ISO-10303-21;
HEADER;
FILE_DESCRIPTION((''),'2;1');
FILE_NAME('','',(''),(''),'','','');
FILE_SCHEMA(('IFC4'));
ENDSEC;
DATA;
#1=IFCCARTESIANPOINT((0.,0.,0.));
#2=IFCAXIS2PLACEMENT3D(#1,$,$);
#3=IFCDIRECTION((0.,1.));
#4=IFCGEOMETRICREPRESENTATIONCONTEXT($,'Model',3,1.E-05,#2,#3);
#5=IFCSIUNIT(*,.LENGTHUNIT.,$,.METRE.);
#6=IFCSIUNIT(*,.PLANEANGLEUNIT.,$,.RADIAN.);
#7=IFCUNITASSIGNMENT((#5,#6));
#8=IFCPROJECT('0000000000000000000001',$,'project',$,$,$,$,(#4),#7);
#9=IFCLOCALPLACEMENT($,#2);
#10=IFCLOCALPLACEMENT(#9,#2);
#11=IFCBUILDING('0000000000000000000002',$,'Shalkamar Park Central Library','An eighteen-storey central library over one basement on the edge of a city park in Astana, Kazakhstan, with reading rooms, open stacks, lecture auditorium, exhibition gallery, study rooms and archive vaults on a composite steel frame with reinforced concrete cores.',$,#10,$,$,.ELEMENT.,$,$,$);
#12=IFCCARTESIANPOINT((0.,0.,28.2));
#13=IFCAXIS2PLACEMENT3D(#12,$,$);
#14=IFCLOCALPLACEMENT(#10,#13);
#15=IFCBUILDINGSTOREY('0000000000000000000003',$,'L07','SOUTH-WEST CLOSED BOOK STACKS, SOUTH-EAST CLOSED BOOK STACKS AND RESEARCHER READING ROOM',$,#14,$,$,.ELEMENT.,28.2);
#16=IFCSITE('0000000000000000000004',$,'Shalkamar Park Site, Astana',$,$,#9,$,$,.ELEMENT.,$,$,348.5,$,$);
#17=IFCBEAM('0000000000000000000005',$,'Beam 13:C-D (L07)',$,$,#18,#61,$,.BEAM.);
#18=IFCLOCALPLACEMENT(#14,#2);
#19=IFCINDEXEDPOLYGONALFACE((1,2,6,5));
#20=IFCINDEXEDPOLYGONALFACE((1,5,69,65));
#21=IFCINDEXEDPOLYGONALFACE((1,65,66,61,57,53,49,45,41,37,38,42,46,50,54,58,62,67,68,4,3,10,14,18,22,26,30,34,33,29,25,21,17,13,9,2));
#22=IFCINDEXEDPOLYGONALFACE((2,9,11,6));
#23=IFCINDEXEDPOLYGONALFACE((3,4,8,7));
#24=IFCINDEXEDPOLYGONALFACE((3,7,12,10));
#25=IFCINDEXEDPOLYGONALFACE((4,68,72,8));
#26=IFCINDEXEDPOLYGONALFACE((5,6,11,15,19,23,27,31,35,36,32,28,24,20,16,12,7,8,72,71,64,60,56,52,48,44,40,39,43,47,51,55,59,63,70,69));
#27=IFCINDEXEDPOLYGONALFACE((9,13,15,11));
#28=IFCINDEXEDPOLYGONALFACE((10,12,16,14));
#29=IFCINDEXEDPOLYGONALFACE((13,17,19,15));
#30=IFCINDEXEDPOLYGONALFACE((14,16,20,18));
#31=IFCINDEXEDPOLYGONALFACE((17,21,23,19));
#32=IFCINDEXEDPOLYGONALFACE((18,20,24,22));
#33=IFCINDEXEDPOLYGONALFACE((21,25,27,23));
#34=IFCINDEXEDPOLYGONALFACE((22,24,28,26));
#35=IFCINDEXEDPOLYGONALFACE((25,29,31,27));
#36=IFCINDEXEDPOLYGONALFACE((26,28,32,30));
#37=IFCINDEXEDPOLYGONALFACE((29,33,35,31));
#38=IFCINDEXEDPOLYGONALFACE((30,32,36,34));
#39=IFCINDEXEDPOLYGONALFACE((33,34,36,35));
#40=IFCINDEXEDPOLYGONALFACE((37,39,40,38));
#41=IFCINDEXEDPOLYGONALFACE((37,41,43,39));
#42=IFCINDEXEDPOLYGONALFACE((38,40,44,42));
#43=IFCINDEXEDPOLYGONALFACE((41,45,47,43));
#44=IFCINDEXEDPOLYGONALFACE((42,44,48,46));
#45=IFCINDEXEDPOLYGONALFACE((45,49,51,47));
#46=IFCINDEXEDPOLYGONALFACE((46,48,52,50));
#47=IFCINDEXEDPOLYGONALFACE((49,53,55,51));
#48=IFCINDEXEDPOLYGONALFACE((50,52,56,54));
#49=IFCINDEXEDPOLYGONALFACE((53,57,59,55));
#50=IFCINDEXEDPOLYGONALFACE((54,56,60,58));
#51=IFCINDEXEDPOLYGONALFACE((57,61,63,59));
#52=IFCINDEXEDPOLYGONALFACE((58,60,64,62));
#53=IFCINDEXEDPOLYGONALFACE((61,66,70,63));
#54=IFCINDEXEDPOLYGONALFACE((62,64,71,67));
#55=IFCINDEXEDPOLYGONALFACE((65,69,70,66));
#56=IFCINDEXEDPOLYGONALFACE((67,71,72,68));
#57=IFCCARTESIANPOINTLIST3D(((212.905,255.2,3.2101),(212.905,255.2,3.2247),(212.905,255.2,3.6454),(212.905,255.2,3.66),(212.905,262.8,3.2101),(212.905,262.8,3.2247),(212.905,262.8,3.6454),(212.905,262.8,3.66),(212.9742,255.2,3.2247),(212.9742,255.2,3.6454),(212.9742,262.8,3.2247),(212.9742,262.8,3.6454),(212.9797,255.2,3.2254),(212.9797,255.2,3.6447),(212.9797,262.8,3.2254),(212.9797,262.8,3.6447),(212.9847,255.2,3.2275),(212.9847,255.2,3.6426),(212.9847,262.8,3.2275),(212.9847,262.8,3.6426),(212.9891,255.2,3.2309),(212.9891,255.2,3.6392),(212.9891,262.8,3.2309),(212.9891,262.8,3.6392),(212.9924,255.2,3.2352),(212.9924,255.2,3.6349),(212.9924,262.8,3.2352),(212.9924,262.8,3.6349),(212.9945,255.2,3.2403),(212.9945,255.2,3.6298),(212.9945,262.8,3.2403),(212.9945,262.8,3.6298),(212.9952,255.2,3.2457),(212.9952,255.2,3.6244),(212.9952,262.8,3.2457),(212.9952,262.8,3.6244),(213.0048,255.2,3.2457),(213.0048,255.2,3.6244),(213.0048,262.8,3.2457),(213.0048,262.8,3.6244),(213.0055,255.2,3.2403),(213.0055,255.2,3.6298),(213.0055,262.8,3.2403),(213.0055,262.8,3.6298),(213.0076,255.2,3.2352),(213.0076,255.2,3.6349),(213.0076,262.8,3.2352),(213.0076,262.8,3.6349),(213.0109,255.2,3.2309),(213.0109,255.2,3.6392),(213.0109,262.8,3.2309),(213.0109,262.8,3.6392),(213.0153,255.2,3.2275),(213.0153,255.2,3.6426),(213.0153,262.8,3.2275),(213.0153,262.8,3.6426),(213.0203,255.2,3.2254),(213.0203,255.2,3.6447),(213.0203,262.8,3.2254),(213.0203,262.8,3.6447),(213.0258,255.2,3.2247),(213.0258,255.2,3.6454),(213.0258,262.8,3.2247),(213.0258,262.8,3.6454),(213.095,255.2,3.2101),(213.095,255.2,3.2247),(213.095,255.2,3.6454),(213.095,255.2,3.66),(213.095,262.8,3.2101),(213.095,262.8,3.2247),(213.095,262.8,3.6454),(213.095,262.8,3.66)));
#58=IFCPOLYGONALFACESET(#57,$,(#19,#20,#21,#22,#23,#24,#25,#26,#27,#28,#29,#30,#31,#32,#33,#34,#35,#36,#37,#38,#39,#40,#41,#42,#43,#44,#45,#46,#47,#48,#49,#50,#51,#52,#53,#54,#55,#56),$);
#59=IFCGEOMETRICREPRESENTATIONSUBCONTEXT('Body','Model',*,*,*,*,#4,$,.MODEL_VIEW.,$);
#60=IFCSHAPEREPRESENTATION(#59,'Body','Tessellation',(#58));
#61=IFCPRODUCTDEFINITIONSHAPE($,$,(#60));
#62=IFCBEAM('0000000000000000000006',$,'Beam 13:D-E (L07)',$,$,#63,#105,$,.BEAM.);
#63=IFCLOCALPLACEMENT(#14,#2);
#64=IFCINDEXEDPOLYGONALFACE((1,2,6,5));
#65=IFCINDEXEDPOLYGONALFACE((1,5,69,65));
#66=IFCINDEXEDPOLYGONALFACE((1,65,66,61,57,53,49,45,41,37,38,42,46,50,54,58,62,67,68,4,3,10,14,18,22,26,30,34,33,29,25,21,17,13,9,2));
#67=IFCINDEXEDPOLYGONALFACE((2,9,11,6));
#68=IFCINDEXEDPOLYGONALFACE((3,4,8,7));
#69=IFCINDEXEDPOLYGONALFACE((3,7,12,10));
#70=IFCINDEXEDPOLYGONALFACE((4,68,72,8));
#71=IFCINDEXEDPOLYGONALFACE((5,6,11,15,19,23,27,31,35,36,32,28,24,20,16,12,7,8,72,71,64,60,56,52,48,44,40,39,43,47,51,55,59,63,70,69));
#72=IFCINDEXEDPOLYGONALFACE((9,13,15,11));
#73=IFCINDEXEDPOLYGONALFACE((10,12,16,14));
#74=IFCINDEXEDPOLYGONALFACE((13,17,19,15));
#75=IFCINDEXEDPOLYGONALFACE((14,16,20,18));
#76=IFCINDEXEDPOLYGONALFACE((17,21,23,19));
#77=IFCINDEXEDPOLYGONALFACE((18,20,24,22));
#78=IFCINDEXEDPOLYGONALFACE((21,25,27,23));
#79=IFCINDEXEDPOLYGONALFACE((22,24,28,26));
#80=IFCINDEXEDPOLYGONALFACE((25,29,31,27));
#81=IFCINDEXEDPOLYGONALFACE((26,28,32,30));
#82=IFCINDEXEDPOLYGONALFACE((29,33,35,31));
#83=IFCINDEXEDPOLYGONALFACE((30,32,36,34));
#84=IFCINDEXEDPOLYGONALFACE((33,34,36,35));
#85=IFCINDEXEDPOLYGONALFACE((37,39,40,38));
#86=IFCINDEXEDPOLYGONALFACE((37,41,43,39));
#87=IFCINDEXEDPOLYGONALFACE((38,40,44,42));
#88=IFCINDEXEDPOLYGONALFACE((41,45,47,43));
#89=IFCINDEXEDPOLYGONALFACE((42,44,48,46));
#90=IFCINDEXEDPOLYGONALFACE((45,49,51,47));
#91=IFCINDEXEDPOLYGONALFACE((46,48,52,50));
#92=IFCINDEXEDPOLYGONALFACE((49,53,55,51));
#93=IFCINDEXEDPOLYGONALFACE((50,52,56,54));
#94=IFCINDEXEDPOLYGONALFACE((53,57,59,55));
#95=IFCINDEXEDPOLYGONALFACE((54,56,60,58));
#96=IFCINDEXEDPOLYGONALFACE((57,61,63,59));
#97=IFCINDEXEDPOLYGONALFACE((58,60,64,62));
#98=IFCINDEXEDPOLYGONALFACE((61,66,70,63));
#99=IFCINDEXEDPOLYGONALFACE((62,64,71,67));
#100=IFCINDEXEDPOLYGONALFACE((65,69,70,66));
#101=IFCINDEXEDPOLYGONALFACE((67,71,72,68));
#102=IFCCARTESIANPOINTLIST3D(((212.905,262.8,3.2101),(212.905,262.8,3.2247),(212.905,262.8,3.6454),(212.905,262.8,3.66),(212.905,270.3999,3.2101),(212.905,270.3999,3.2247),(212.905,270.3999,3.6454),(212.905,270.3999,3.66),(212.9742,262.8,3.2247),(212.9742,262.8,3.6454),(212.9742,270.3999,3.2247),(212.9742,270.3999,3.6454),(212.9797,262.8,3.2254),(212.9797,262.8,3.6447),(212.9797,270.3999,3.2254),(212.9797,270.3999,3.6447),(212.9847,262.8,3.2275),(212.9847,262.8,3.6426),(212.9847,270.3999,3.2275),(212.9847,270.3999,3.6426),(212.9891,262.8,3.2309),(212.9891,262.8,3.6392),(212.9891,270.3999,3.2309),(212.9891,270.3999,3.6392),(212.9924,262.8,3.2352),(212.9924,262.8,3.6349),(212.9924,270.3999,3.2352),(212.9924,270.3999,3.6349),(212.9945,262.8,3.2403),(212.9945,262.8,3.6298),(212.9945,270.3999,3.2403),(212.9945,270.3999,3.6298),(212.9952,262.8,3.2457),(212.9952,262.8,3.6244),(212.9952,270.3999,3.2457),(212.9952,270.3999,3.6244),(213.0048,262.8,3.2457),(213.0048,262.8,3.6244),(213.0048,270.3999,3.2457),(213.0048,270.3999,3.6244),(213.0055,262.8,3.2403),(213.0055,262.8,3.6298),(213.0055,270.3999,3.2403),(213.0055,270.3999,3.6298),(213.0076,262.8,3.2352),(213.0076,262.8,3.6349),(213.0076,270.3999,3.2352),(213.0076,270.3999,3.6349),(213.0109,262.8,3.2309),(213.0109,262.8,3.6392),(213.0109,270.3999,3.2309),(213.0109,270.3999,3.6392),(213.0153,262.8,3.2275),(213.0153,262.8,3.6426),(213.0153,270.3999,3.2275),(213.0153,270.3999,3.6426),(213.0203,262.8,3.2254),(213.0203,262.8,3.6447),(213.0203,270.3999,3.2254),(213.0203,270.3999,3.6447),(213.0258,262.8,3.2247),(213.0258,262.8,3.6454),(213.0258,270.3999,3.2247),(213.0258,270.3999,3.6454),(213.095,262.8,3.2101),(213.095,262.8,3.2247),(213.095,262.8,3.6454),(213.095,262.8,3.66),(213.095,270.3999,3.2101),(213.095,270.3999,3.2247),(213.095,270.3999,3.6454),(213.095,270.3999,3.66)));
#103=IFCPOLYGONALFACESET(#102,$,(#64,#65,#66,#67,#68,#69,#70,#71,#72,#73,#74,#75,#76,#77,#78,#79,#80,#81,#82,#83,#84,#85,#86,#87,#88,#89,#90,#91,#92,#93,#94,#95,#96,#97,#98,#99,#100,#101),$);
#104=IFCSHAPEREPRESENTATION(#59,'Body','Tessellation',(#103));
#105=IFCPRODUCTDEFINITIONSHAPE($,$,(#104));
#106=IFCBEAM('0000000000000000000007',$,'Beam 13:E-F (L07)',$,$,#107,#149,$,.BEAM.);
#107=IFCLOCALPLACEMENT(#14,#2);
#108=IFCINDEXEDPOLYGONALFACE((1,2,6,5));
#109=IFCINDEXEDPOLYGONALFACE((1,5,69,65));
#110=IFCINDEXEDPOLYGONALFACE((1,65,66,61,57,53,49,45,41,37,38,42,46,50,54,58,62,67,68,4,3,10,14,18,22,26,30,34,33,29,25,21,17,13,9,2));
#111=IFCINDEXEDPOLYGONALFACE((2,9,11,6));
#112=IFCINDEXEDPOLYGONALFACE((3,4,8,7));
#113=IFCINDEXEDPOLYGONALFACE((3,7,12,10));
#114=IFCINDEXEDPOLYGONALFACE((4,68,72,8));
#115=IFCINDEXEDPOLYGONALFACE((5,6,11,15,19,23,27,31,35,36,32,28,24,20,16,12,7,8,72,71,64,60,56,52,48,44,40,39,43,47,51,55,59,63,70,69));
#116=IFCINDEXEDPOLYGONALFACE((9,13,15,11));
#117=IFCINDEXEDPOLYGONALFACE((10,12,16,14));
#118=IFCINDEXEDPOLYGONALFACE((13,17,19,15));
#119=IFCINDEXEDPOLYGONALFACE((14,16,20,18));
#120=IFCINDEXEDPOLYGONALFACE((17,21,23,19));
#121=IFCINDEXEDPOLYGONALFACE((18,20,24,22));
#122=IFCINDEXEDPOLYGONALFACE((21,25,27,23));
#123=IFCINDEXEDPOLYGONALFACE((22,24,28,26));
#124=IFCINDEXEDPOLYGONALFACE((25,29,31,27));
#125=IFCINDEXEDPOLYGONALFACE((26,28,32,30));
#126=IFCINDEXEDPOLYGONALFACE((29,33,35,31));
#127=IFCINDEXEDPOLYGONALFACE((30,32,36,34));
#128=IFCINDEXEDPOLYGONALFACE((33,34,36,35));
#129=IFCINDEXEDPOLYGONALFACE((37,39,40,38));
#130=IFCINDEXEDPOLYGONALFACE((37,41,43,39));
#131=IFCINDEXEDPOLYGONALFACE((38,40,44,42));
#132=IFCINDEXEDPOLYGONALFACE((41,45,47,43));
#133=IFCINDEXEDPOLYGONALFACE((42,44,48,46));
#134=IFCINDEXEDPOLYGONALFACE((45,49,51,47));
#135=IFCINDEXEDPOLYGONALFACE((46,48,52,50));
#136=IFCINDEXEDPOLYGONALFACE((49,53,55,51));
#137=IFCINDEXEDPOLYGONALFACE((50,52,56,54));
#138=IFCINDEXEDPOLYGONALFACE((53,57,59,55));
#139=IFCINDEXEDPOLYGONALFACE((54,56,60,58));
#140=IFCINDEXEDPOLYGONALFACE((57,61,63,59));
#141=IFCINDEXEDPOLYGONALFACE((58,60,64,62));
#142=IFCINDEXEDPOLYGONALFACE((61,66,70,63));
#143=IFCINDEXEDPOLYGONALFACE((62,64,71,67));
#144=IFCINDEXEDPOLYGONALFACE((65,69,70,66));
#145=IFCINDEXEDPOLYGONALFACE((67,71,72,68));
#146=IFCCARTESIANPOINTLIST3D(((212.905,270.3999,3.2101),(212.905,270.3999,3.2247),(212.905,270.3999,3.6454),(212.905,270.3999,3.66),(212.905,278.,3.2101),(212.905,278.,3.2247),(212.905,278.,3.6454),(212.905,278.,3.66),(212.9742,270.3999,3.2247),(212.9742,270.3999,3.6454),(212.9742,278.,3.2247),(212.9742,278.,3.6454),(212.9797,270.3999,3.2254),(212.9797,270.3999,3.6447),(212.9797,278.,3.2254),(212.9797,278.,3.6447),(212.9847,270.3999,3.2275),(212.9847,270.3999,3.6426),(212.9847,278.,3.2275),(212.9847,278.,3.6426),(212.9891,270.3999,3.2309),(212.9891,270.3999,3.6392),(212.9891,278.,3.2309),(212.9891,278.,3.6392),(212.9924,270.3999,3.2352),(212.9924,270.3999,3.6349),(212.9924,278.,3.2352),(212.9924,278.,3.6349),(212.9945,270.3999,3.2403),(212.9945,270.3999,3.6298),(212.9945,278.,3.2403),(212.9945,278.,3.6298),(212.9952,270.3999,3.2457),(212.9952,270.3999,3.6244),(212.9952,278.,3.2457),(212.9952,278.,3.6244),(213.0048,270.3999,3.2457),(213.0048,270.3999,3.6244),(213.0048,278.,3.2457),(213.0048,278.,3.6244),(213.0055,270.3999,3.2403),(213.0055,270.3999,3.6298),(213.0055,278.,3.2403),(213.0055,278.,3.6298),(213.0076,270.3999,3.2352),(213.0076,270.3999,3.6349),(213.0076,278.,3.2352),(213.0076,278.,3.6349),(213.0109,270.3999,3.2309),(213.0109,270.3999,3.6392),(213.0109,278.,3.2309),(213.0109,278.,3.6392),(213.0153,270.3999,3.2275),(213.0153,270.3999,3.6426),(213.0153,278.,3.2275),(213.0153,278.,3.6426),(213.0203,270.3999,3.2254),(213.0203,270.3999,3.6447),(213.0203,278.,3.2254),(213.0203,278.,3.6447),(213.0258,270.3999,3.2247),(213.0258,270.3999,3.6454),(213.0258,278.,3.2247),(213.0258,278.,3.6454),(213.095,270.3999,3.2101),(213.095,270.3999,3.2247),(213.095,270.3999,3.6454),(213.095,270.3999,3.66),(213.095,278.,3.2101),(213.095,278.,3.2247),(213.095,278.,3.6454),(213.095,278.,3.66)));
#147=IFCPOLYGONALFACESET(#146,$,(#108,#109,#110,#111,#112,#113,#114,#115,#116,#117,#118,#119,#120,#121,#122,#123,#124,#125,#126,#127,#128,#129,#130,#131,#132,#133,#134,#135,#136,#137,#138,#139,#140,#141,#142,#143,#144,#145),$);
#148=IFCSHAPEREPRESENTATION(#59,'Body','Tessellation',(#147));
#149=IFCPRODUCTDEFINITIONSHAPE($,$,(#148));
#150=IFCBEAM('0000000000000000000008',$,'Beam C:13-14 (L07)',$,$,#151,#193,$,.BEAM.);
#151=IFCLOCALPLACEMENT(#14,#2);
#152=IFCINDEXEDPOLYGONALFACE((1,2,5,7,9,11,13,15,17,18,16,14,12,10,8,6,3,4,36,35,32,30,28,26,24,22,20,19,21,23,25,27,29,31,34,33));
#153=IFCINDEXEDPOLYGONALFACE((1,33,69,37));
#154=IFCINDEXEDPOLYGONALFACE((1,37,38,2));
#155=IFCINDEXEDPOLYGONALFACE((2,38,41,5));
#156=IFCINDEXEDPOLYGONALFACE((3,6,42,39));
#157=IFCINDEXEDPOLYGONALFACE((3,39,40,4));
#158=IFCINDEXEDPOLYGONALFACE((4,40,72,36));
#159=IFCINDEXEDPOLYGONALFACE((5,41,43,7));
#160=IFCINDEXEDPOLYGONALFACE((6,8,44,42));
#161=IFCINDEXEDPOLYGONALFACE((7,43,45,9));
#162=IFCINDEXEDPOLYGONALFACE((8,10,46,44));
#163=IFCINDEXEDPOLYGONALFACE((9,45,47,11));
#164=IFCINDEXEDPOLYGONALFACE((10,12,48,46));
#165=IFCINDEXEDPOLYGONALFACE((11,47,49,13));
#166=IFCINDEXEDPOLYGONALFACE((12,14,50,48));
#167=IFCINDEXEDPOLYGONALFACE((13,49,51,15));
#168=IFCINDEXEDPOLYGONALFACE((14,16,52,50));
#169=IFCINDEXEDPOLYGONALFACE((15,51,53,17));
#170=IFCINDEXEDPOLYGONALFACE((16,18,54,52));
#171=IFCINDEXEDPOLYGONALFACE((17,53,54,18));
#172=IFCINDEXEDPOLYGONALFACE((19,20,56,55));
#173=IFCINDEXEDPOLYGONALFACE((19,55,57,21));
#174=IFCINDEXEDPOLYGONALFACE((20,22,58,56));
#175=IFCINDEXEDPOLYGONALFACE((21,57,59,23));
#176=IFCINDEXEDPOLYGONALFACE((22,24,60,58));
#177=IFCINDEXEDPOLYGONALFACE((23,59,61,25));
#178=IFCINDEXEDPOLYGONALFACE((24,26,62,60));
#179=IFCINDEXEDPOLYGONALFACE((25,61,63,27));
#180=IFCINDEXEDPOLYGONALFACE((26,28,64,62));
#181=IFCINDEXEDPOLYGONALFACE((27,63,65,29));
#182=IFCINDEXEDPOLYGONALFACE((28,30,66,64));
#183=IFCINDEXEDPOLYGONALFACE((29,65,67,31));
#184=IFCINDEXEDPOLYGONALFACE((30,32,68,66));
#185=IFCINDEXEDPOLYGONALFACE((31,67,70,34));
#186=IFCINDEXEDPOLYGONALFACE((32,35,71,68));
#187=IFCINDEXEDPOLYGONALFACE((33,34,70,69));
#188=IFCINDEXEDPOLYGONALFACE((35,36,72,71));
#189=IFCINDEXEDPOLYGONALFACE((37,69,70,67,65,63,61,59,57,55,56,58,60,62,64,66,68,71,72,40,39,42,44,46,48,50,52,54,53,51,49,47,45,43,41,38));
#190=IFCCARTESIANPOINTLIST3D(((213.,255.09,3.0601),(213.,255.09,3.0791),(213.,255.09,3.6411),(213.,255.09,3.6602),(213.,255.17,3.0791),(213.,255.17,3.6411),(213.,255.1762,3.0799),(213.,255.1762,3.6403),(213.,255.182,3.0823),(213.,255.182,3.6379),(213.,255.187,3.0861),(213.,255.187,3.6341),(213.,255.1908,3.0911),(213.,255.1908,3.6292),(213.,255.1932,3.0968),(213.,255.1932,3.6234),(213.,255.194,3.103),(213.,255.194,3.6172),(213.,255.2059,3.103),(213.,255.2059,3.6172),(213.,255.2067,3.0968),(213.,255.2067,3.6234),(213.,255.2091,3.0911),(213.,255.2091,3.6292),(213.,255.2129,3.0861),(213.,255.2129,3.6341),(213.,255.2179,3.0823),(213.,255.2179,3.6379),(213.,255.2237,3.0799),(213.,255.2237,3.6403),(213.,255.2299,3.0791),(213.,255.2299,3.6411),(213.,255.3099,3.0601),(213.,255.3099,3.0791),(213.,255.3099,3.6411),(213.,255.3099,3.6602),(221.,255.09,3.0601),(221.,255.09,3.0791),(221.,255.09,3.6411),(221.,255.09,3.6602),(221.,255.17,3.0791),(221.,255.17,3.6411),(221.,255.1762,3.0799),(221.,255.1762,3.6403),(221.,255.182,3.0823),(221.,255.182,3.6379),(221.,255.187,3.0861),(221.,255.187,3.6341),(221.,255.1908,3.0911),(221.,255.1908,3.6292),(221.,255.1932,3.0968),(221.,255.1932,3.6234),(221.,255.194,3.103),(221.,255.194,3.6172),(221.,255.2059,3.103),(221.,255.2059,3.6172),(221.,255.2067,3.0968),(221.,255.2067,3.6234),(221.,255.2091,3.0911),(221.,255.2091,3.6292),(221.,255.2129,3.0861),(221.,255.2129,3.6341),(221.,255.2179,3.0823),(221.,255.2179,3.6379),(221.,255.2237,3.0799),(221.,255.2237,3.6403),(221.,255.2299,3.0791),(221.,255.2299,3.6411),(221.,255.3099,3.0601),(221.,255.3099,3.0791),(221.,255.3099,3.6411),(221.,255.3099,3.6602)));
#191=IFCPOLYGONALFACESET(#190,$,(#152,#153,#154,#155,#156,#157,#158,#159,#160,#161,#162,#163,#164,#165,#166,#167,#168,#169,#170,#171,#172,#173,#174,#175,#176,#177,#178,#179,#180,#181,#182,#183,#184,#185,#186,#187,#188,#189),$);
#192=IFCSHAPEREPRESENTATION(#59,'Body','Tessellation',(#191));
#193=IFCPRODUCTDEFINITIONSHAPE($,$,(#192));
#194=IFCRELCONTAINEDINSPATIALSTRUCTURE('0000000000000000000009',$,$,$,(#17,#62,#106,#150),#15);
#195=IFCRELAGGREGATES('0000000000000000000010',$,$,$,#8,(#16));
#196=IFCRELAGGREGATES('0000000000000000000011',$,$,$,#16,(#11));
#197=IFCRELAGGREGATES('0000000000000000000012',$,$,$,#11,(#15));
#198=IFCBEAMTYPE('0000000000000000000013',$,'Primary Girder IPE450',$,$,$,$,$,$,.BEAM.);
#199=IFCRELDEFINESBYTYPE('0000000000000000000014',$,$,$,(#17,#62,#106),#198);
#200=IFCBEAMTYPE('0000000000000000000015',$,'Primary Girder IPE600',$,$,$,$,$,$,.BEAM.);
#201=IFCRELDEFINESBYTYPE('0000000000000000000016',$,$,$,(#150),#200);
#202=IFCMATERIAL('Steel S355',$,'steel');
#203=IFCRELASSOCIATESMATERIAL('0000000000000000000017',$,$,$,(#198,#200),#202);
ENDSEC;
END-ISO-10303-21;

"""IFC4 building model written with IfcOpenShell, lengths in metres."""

from ifc_helpers import new_model, si_unit, direction, frame, origin, origin_2d, place, context, subcontext, project, spatial, i_section, extrude, material, material_profile, profile_set, type_object, element, save


model = new_model("IFC4")

# Units and contexts
model_context = context("Model", 3, precision=1e-05, world=origin(), true_north=direction((0.0, 1.0)))
body_context = subcontext(model_context, "Body", "Model", "MODEL_VIEW")
ifc_project = project(units=[si_unit("LENGTHUNIT", "METRE"), si_unit("PLANEANGLEUNIT", "RADIAN")], contexts=[model_context])

# Site, building, storey
site_placement = place(None, origin())
site = spatial("IfcSite", under=ifc_project, at=site_placement, Name="Shalkamar Park Site, Astana", CompositionType="ELEMENT", RefElevation=348.5)
building_placement = place(site_placement, origin())
building = spatial("IfcBuilding", under=site, at=building_placement, Name="Shalkamar Park Central Library", Description="An eighteen-storey central library over one basement on the edge of a city park in Astana, Kazakhstan, with reading rooms, open stacks, lecture auditorium, exhibition gallery, study rooms and archive vaults on a composite steel frame with reinforced concrete cores.", CompositionType="ELEMENT")
storey_placement = place(building_placement, frame((0.0, 0.0, 28.2)))
storey = spatial("IfcBuildingStorey", under=building, at=storey_placement, Name="L07", Description="SOUTH-WEST CLOSED BOOK STACKS, SOUTH-EAST CLOSED BOOK STACKS AND RESEARCHER READING ROOM", CompositionType="ELEMENT", Elevation=28.2)

# Shared definitions
ifc_material_1 = material(Name="Steel S355", Category="steel")

# Beams
ifc_material_profile_1 = material_profile(ifc_material_1, i_section(OverallWidth=0.1899, OverallDepth=0.45, WebThickness=0.0095, FlangeThickness=0.0146, FilletRadius=0.021, at=origin_2d()), Name="IPE 450")
ifc_profile_set_1 = profile_set([ifc_material_profile_1], Name="Steel S355")
beam_type_1 = type_object("IfcBeamType", Name="Primary Girder IPE450", PredefinedType="BEAM", material=ifc_profile_set_1)
for number, where, z_axis, x_axis, name in (
    (1, (213.0, 255.2, 3.4351), (0.0, 1.0, 0.0), (-1.0, 0.0, 0.0), "Beam 13:C-D (L07)"),
):
    element("IfcBeam", number, at=place(storey_placement, frame(where, z_axis=z_axis, x_axis=x_axis)), inside=storey, type_object=beam_type_1, Name=name, PredefinedType="BEAM", context=body_context, shape_type="SweptSolid", body=[
        extrude(i_section(OverallWidth=0.1899, OverallDepth=0.45, WebThickness=0.0095, FlangeThickness=0.0146, FilletRadius=0.021, at=origin_2d()), origin(), (0.0, 0.0, 1.0), 7.6001),
    ])
beam_1_placement = place(storey_placement, frame((213.0, 262.8, 3.4351), z_axis=(0.0, 1.0, 0.0), x_axis=(-1.0, 0.0, 0.0)))
element("IfcBeam", 2, at=beam_1_placement, inside=storey, type_object=beam_type_1, Name="Beam 13:D-E (L07)", PredefinedType="BEAM", context=body_context, shape_type="SweptSolid", body=[
    extrude(i_section(OverallWidth=0.1899, OverallDepth=0.45, WebThickness=0.0095, FlangeThickness=0.0146, FilletRadius=0.021, at=origin_2d()), origin(), (0.0, 0.0, 1.0), 7.5999),
])
beam_2_placement = place(storey_placement, frame((213.0, 270.3999, 3.4351), z_axis=(0.0, 1.0, 0.0), x_axis=(-1.0, 0.0, 0.0)))
element("IfcBeam", 3, at=beam_2_placement, inside=storey, type_object=beam_type_1, Name="Beam 13:E-F (L07)", PredefinedType="BEAM", context=body_context, shape_type="SweptSolid", body=[
    extrude(i_section(OverallWidth=0.1899, OverallDepth=0.45, WebThickness=0.0095, FlangeThickness=0.0146, FilletRadius=0.021, at=origin_2d()), origin(), (0.0, 0.0, 1.0), 7.6001),
])
ifc_material_profile_2 = material_profile(ifc_material_1, i_section(OverallWidth=0.22, OverallDepth=0.6001, WebThickness=0.012, FlangeThickness=0.019, FilletRadius=0.0239, at=origin_2d()), Name="IPE 600")
ifc_profile_set_2 = profile_set([ifc_material_profile_2], Name="Steel S355")
beam_type_2 = type_object("IfcBeamType", Name="Primary Girder IPE600", PredefinedType="BEAM", material=ifc_profile_set_2)
for number, where, z_axis, x_axis, name in (
    (4, (213.0, 255.2, 3.3601), (1.0, 0.0, 0.0), (0.0, 1.0, 0.0), "Beam C:13-14 (L07)"),
):
    element("IfcBeam", number, at=place(storey_placement, frame(where, z_axis=z_axis, x_axis=x_axis)), inside=storey, type_object=beam_type_2, Name=name, PredefinedType="BEAM", context=body_context, shape_type="SweptSolid", body=[
        extrude(i_section(OverallWidth=0.22, OverallDepth=0.6001, WebThickness=0.012, FlangeThickness=0.019, FilletRadius=0.0239, at=origin_2d()), origin(), (0.0, 0.0, 1.0), 8.0),
    ])

save(model, "model.ifc")
